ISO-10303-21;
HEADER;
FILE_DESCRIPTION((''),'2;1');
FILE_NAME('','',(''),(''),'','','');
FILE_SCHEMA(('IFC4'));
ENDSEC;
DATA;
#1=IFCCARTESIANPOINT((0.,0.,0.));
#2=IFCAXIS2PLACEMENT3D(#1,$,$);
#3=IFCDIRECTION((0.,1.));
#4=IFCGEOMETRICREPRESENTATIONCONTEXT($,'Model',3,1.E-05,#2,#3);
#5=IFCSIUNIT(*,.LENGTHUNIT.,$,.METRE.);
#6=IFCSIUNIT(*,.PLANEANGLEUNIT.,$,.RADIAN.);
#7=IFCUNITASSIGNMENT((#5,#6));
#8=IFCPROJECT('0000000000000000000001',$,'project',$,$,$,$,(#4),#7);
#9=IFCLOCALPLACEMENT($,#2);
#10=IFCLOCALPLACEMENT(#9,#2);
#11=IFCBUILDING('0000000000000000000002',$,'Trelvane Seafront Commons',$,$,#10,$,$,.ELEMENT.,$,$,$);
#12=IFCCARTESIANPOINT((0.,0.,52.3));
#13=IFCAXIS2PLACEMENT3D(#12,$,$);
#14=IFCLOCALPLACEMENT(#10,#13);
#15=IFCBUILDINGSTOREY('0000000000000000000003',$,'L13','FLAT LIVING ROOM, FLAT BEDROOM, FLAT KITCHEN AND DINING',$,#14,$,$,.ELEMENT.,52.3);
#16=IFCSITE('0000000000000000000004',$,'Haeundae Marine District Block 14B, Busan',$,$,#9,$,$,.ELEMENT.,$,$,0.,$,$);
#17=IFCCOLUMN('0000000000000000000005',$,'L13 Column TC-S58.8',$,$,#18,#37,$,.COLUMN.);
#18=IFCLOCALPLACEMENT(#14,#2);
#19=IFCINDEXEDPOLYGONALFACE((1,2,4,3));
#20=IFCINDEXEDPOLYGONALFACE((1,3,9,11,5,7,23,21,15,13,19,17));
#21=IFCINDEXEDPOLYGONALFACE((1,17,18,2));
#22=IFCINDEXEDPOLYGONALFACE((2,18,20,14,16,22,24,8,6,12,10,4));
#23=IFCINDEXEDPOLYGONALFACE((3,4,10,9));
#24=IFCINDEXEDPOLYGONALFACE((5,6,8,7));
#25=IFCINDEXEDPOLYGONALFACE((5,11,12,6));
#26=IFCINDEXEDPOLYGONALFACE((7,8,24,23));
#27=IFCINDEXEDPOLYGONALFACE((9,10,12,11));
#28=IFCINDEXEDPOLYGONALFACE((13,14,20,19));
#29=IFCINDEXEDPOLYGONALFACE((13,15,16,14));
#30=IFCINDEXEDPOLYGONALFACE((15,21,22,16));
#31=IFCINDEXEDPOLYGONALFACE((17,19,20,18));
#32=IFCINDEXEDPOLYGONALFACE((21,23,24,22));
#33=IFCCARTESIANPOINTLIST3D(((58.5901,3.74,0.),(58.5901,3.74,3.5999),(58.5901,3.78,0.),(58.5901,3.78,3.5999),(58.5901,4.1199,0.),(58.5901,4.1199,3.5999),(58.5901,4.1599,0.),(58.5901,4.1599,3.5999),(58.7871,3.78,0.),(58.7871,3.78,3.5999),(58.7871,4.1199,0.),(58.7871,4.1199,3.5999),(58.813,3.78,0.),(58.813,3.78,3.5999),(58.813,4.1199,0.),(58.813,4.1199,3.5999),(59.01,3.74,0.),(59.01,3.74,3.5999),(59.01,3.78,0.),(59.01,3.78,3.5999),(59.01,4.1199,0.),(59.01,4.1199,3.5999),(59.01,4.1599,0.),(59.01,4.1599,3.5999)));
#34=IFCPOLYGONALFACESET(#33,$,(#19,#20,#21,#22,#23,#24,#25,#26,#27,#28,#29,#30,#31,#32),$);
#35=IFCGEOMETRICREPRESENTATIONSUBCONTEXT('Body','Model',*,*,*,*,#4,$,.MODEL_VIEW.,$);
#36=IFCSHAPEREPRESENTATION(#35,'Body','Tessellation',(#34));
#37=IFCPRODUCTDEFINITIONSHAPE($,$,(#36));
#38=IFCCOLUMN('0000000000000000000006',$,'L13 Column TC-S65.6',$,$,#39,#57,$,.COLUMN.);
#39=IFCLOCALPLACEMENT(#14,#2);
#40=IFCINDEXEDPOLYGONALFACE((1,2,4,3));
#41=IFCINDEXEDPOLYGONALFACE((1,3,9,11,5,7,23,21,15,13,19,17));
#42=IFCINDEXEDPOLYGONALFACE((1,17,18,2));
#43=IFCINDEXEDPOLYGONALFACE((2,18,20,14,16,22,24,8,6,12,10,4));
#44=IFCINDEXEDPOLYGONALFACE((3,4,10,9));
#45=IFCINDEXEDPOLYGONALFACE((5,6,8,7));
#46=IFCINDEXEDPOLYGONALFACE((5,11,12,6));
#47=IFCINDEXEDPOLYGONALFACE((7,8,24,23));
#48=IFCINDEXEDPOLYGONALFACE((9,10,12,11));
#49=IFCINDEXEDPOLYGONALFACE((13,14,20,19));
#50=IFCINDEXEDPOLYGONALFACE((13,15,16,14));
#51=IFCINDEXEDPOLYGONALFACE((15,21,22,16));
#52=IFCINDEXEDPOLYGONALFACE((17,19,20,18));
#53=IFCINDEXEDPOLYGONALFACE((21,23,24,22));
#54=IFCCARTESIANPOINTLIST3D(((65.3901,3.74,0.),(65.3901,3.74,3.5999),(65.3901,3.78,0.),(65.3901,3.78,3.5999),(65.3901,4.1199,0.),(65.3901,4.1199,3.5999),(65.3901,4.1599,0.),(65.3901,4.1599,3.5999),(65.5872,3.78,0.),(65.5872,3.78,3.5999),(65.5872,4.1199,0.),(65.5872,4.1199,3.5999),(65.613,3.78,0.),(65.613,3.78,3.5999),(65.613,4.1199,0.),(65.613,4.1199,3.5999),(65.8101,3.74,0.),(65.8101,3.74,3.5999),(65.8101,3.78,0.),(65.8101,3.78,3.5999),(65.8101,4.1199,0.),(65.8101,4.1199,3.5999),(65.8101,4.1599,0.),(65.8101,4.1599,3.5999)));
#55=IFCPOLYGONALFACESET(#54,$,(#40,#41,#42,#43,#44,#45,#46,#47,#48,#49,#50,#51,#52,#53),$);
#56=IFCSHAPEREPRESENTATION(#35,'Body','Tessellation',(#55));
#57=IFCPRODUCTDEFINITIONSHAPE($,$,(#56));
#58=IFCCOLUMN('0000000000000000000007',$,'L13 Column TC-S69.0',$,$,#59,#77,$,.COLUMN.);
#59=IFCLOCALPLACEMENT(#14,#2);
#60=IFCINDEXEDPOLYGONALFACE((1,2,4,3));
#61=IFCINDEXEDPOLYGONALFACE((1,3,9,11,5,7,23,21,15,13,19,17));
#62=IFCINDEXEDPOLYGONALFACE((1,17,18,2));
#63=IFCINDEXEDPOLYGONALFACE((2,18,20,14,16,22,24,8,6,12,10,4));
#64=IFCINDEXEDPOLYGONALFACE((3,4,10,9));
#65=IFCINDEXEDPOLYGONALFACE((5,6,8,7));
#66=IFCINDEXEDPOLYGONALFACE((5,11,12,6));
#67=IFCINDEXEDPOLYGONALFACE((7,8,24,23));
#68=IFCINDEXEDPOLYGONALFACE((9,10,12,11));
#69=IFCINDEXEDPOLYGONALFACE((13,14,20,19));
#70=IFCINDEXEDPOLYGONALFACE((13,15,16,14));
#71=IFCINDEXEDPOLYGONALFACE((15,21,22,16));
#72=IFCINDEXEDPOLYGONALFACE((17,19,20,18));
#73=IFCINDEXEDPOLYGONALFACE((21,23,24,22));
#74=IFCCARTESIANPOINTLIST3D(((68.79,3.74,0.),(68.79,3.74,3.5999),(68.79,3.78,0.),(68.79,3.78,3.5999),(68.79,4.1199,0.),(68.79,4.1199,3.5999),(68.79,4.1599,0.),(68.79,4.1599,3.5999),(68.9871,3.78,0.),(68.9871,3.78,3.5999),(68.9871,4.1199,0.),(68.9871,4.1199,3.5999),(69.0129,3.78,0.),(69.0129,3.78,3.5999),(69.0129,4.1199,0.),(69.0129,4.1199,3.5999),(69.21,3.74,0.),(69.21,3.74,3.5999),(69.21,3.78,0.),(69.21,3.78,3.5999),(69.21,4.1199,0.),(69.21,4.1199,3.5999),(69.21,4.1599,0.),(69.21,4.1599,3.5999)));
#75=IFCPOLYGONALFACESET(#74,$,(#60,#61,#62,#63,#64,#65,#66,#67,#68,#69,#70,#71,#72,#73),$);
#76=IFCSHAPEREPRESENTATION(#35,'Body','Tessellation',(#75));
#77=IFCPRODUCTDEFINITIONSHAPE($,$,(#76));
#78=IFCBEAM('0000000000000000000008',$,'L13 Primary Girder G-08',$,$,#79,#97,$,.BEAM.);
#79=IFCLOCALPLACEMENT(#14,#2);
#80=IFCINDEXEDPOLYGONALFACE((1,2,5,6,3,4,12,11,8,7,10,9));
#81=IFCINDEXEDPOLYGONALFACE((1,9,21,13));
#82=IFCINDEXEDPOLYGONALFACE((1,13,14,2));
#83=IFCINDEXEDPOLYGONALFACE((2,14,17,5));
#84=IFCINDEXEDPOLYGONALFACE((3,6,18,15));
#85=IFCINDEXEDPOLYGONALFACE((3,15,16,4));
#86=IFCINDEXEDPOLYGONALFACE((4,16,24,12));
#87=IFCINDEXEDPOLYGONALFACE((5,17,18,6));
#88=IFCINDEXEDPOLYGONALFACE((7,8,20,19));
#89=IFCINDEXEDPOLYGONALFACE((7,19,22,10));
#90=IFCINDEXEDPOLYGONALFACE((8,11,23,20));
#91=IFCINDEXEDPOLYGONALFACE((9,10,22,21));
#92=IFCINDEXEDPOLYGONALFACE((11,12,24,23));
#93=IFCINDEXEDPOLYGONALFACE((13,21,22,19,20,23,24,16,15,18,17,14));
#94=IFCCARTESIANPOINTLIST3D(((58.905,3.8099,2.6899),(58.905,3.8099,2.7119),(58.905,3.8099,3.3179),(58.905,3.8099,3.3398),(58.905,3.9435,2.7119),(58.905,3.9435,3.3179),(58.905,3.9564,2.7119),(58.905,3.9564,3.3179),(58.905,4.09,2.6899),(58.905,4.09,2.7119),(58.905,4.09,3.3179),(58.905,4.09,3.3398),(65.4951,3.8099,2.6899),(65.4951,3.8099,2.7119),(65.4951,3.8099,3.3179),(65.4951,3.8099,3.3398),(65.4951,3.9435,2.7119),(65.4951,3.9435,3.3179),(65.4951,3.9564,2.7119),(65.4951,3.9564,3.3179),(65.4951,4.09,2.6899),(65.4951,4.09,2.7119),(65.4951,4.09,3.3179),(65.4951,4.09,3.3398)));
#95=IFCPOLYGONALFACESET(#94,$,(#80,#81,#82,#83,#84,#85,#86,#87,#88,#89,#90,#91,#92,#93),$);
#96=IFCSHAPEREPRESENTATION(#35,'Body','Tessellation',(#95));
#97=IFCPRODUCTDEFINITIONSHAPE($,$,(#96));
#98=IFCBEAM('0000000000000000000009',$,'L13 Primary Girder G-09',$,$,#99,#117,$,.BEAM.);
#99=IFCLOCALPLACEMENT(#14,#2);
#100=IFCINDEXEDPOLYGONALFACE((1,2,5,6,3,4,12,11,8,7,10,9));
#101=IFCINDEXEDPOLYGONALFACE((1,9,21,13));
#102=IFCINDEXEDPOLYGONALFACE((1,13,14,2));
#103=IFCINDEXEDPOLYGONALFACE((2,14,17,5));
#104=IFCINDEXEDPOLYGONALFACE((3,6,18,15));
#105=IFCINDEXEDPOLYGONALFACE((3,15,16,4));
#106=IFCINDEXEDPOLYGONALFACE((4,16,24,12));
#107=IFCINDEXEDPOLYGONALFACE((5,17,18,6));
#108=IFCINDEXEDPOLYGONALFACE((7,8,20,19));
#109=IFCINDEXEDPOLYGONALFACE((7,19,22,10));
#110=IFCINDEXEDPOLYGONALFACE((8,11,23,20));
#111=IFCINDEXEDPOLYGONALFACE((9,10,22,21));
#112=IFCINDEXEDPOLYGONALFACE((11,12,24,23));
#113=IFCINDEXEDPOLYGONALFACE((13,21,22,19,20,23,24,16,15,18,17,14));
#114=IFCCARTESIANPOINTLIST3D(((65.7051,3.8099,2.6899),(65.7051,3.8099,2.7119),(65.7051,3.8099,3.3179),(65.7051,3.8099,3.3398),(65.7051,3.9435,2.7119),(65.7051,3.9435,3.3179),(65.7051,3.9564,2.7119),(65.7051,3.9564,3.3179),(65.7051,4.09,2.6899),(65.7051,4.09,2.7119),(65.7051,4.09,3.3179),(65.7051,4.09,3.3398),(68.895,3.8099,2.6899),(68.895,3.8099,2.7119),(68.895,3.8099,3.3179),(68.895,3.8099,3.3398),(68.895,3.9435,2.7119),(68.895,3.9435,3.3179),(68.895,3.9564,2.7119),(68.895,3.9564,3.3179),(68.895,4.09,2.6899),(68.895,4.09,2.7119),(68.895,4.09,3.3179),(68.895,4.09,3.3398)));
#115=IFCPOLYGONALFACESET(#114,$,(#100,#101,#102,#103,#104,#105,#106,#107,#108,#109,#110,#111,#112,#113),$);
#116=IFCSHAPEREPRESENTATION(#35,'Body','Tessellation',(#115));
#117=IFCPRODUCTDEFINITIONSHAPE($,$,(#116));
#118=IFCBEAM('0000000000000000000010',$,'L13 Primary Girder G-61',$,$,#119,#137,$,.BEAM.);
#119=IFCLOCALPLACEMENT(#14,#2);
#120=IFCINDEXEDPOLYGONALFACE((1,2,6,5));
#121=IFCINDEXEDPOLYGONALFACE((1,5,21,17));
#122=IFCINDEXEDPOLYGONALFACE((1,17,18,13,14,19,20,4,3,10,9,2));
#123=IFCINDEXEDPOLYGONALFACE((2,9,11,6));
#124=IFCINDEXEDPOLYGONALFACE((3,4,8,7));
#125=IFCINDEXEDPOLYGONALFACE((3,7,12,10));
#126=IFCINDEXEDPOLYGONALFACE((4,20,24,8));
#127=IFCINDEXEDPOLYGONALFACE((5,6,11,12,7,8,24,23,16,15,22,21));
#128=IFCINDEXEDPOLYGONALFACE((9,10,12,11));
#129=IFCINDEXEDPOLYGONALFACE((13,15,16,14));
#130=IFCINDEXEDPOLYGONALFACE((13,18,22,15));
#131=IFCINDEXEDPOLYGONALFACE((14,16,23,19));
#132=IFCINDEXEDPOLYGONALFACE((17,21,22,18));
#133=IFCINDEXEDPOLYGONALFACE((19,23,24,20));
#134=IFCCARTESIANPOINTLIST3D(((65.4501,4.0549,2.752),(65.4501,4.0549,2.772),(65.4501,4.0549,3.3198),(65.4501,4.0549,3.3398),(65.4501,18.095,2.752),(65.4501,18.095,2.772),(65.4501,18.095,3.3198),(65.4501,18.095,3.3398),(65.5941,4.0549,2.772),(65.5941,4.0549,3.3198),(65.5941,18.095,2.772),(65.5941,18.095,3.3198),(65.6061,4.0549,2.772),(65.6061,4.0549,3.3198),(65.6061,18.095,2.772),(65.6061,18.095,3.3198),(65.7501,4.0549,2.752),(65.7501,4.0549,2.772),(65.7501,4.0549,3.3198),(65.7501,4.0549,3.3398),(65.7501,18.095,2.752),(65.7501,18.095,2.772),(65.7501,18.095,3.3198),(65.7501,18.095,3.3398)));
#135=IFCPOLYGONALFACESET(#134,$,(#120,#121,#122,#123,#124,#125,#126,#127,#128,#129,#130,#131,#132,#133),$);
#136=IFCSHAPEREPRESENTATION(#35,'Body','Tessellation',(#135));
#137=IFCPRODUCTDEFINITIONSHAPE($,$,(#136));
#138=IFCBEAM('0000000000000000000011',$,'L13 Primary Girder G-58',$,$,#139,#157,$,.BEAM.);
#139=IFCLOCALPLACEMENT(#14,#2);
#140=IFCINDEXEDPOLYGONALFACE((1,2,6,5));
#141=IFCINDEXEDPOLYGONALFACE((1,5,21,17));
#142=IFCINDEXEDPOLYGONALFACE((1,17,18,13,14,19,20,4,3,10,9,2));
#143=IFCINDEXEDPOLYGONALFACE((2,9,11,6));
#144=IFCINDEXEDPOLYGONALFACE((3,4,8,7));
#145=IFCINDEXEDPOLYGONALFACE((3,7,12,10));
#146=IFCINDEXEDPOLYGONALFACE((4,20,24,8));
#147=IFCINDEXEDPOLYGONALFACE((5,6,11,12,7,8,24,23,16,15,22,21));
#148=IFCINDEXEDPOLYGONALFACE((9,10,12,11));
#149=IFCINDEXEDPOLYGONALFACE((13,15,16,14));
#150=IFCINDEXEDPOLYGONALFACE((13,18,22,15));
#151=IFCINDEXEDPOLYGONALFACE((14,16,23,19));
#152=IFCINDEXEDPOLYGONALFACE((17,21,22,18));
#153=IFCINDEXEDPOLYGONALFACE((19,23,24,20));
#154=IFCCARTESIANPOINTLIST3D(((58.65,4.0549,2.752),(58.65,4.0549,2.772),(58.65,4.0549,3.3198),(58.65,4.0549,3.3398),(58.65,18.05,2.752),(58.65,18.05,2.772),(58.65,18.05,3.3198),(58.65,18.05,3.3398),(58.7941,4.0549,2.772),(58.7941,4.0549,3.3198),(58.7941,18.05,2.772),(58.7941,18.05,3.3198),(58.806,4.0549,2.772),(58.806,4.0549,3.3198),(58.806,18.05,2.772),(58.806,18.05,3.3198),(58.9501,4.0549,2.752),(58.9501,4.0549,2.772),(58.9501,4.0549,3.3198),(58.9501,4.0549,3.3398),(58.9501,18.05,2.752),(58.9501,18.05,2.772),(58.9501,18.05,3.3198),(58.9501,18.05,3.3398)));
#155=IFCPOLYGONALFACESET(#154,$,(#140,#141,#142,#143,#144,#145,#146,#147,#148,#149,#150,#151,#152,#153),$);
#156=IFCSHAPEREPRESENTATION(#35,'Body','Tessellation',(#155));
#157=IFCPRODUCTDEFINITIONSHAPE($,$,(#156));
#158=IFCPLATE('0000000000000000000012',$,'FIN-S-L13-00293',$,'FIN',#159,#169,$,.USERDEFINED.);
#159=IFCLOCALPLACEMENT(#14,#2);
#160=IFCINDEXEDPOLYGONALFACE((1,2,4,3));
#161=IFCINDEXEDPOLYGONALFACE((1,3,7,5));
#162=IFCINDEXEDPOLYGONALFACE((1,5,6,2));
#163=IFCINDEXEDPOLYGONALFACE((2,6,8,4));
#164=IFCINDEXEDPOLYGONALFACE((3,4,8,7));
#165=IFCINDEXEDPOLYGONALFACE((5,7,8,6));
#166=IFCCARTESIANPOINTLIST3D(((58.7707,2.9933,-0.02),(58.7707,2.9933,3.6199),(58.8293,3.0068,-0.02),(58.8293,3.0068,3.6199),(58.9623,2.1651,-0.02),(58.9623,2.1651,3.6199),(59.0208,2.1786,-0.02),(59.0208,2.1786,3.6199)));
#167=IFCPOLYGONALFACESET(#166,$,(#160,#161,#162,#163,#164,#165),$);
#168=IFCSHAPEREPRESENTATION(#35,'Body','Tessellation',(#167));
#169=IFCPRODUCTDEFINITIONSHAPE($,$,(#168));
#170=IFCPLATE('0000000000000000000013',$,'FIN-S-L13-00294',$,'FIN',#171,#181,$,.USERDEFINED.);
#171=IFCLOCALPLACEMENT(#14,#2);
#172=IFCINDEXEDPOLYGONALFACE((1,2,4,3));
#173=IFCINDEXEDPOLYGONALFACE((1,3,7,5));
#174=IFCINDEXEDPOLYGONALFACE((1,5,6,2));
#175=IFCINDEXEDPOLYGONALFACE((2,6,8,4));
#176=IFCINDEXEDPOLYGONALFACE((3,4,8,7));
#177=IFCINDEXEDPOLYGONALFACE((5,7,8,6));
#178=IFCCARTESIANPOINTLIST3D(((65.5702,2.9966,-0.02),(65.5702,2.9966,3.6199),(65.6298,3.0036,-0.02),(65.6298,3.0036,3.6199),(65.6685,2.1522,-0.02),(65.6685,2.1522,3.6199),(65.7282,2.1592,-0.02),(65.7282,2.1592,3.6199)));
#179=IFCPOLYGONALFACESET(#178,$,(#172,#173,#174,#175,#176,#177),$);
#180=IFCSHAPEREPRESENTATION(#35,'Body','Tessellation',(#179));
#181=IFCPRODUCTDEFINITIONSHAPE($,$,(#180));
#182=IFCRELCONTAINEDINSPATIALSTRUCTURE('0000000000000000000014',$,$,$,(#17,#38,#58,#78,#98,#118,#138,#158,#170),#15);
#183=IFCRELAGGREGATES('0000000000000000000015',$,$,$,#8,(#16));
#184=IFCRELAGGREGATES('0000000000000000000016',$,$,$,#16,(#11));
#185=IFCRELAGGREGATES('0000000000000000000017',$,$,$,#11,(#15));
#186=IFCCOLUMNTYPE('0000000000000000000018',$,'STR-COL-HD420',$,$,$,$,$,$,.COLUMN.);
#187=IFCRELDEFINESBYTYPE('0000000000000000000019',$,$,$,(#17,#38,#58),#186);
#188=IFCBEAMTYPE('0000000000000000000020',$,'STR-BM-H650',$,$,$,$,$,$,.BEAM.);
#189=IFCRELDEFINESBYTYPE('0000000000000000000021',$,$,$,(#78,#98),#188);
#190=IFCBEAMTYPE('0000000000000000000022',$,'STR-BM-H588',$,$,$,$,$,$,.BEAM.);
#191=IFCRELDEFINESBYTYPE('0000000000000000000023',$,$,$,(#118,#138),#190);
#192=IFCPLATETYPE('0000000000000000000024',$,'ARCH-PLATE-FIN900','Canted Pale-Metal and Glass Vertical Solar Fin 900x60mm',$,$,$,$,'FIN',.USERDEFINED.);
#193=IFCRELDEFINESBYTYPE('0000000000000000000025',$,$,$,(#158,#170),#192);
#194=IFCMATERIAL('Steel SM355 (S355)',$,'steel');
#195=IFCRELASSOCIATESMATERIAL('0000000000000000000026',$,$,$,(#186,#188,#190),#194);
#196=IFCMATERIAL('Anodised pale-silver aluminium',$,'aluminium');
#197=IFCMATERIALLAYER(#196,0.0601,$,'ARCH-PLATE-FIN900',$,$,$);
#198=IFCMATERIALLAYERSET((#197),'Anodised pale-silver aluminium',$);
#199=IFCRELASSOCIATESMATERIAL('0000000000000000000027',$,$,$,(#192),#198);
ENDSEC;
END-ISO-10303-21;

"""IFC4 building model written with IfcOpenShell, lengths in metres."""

from ifc_helpers import new_model, si_unit, direction, frame, origin, origin_2d, place, context, subcontext, project, spatial, rectangle, i_section, extrude, source, transform, mapped, material, layer, layer_set, material_profile, profile_set, type_object, element, save


model = new_model("IFC4")

# Units and contexts
model_context = context("Model", 3, precision=1e-05, world=origin(), true_north=direction((0.0, 1.0)))
body_context = subcontext(model_context, "Body", "Model", "MODEL_VIEW")
ifc_project = project(units=[si_unit("LENGTHUNIT", "METRE"), si_unit("PLANEANGLEUNIT", "RADIAN")], contexts=[model_context])

# Site, building, storey
site_placement = place(None, origin())
site = spatial("IfcSite", under=ifc_project, at=site_placement, Name="Haeundae Marine District Block 14B, Busan", CompositionType="ELEMENT", RefElevation=0.0)
building_placement = place(site_placement, origin())
building = spatial("IfcBuilding", under=site, at=building_placement, Name="Trelvane Seafront Commons", CompositionType="ELEMENT")
storey_placement = place(building_placement, frame((0.0, 0.0, 52.3)))
storey = spatial("IfcBuildingStorey", under=building, at=storey_placement, Name="L13", Description="FLAT LIVING ROOM, FLAT BEDROOM, FLAT KITCHEN AND DINING", CompositionType="ELEMENT", Elevation=52.3)

# Columns
ifc_material_1 = material(Name="Steel SM355 (S355)", Category="steel")
ifc_material_profile_1 = material_profile(ifc_material_1, i_section(OverallWidth=0.4199, OverallDepth=0.4199, WebThickness=0.0259, FlangeThickness=0.04, at=origin_2d()), Name="HD-420x420x26x40")
ifc_profile_set_1 = profile_set([ifc_material_profile_1], Name="Steel SM355 (S355)")
column_type = type_object("IfcColumnType", Name="STR-COL-HD420", PredefinedType="COLUMN", material=ifc_profile_set_1)
shared_shape_1 = source(origin(), body_context, "Body", "SweptSolid", [
    extrude(i_section(OverallWidth=0.4199, OverallDepth=0.4199, WebThickness=0.0259, FlangeThickness=0.04, at=origin_2d()), origin(), (0.0, 0.0, 1.0), 3.5999),
])
for number, where, z_axis, x_axis, name in (
    (1, (58.8, 3.95, 0.0), (0.0, 0.0, 1.0), (1.0, 0.0, 0.0), "L13 Column TC-S58.8"),
    (2, (65.6001, 3.95, 0.0), (0.0, 0.0, 1.0), (1.0, 0.0, 0.0), "L13 Column TC-S65.6"),
    (3, (69.0, 3.95, 0.0), (0.0, 0.0, 1.0), (1.0, 0.0, 0.0), "L13 Column TC-S69.0"),
):
    element("IfcColumn", number, at=place(storey_placement, frame(where, z_axis=z_axis, x_axis=x_axis)), inside=storey, type_object=column_type, Name=name, PredefinedType="COLUMN", context=body_context, shape_type="MappedRepresentation", body=[
        mapped(shared_shape_1, transform((0.0, 0.0, 0.0), x_axis=(1.0, 0.0, 0.0), y_axis=(0.0, 1.0, 0.0), z_axis=(0.0, 0.0, 1.0), scale=1.0)),
    ])

# Beams
ifc_material_profile_2 = material_profile(ifc_material_1, i_section(OverallWidth=0.28, OverallDepth=0.6499, WebThickness=0.0129, FlangeThickness=0.022, at=origin_2d()), Name="H-650x280x13x22")
ifc_profile_set_2 = profile_set([ifc_material_profile_2], Name="Steel SM355 (S355)")
beam_type_1 = type_object("IfcBeamType", Name="STR-BM-H650", PredefinedType="BEAM", material=ifc_profile_set_2)
shared_shape_2 = source(origin(), body_context, "Body", "SweptSolid", [
    extrude(i_section(OverallWidth=0.28, OverallDepth=0.6499, WebThickness=0.0129, FlangeThickness=0.022, at=origin_2d()), origin(), (0.0, 0.0, 1.0), 6.5901),
])
beam_1_placement = place(storey_placement, frame((58.905, 3.95, 3.0149), z_axis=(1.0, 0.0, 0.0), x_axis=(0.0, 1.0, 0.0)))
element("IfcBeam", 4, at=beam_1_placement, inside=storey, type_object=beam_type_1, Name="L13 Primary Girder G-08", PredefinedType="BEAM", context=body_context, shape_type="MappedRepresentation", body=[
    mapped(shared_shape_2, transform((0.0, 0.0, 0.0), x_axis=(1.0, 0.0, 0.0), y_axis=(0.0, 1.0, 0.0), z_axis=(0.0, 0.0, 1.0), scale=1.0)),
])
shared_shape_3 = source(origin(), body_context, "Body", "SweptSolid", [
    extrude(i_section(OverallWidth=0.28, OverallDepth=0.6499, WebThickness=0.0129, FlangeThickness=0.022, at=origin_2d()), origin(), (0.0, 0.0, 1.0), 3.1899),
])
beam_2_placement = place(storey_placement, frame((65.7051, 3.95, 3.0149), z_axis=(1.0, 0.0, 0.0), x_axis=(0.0, 1.0, 0.0)))
element("IfcBeam", 5, at=beam_2_placement, inside=storey, type_object=beam_type_1, Name="L13 Primary Girder G-09", PredefinedType="BEAM", context=body_context, shape_type="MappedRepresentation", body=[
    mapped(shared_shape_3, transform((0.0, 0.0, 0.0), x_axis=(1.0, 0.0, 0.0), y_axis=(0.0, 1.0, 0.0), z_axis=(0.0, 0.0, 1.0), scale=1.0)),
])
ifc_material_profile_3 = material_profile(ifc_material_1, i_section(OverallWidth=0.3, OverallDepth=0.5879, WebThickness=0.012, FlangeThickness=0.02, at=origin_2d()), Name="H-588x300x12x20")
ifc_profile_set_3 = profile_set([ifc_material_profile_3], Name="Steel SM355 (S355)")
beam_type_2 = type_object("IfcBeamType", Name="STR-BM-H588", PredefinedType="BEAM", material=ifc_profile_set_3)
shared_shape_4 = source(origin(), body_context, "Body", "SweptSolid", [
    extrude(i_section(OverallWidth=0.3, OverallDepth=0.5879, WebThickness=0.012, FlangeThickness=0.02, at=origin_2d()), origin(), (0.0, 0.0, 1.0), 14.04),
])
beam_3_placement = place(storey_placement, frame((65.6001, 4.0549, 3.0459), z_axis=(0.0, 1.0, 0.0), x_axis=(-1.0, 0.0, 0.0)))
element("IfcBeam", 6, at=beam_3_placement, inside=storey, type_object=beam_type_2, Name="L13 Primary Girder G-61", PredefinedType="BEAM", context=body_context, shape_type="MappedRepresentation", body=[
    mapped(shared_shape_4, transform((0.0, 0.0, 0.0), x_axis=(1.0, 0.0, 0.0), y_axis=(0.0, 1.0, 0.0), z_axis=(0.0, 0.0, 1.0), scale=1.0)),
])
shared_shape_5 = source(origin(), body_context, "Body", "SweptSolid", [
    extrude(i_section(OverallWidth=0.3, OverallDepth=0.5879, WebThickness=0.012, FlangeThickness=0.02, at=origin_2d()), origin(), (0.0, 0.0, 1.0), 13.9951),
])
beam_4_placement = place(storey_placement, frame((58.8, 4.0549, 3.0459), z_axis=(0.0, 1.0, 0.0), x_axis=(-1.0, 0.0, 0.0)))
element("IfcBeam", 7, at=beam_4_placement, inside=storey, type_object=beam_type_2, Name="L13 Primary Girder G-58", PredefinedType="BEAM", context=body_context, shape_type="MappedRepresentation", body=[
    mapped(shared_shape_5, transform((0.0, 0.0, 0.0), x_axis=(1.0, 0.0, 0.0), y_axis=(0.0, 1.0, 0.0), z_axis=(0.0, 0.0, 1.0), scale=1.0)),
])

# Plates
ifc_material_2 = material(Name="Anodised pale-silver aluminium", Category="aluminium")
ifc_layer_1 = layer(ifc_material_2, 0.0601, Name="ARCH-PLATE-FIN900")
ifc_layer_set_1 = layer_set([ifc_layer_1], Name="Anodised pale-silver aluminium")
plate_type = type_object("IfcPlateType", Name="ARCH-PLATE-FIN900", Description="Canted Pale-Metal and Glass Vertical Solar Fin 900x60mm", ElementType="FIN", PredefinedType="USERDEFINED", material=ifc_layer_set_1)
shared_shape_6 = source(origin(), body_context, "Body", "SweptSolid", [
    extrude(rectangle(XDim=0.8501, YDim=0.0601, at=origin_2d()), origin(), (0.0, 0.0, 1.0), 3.6399),
])
for number, where, z_axis, x_axis, name in (
    (8, (58.8958, 2.5859, -0.02), (0.0, 0.0, 1.0), (0.225281, -0.974294, 0.0), "FIN-S-L13-00293"),
    (9, (65.6492, 2.5779, -0.02), (0.0, 0.0, 1.0), (0.115646, -0.99329, 0.0), "FIN-S-L13-00294"),
):
    element("IfcPlate", number, at=place(storey_placement, frame(where, z_axis=z_axis, x_axis=x_axis)), inside=storey, type_object=plate_type, Name=name, ObjectType="FIN", PredefinedType="USERDEFINED", context=body_context, shape_type="MappedRepresentation", body=[
        mapped(shared_shape_6, transform((0.0, 0.0, 0.0), x_axis=(1.0, 0.0, 0.0), y_axis=(0.0, 1.0, 0.0), z_axis=(0.0, 0.0, 1.0), scale=1.0)),
    ])

save(model, "model.ifc")
